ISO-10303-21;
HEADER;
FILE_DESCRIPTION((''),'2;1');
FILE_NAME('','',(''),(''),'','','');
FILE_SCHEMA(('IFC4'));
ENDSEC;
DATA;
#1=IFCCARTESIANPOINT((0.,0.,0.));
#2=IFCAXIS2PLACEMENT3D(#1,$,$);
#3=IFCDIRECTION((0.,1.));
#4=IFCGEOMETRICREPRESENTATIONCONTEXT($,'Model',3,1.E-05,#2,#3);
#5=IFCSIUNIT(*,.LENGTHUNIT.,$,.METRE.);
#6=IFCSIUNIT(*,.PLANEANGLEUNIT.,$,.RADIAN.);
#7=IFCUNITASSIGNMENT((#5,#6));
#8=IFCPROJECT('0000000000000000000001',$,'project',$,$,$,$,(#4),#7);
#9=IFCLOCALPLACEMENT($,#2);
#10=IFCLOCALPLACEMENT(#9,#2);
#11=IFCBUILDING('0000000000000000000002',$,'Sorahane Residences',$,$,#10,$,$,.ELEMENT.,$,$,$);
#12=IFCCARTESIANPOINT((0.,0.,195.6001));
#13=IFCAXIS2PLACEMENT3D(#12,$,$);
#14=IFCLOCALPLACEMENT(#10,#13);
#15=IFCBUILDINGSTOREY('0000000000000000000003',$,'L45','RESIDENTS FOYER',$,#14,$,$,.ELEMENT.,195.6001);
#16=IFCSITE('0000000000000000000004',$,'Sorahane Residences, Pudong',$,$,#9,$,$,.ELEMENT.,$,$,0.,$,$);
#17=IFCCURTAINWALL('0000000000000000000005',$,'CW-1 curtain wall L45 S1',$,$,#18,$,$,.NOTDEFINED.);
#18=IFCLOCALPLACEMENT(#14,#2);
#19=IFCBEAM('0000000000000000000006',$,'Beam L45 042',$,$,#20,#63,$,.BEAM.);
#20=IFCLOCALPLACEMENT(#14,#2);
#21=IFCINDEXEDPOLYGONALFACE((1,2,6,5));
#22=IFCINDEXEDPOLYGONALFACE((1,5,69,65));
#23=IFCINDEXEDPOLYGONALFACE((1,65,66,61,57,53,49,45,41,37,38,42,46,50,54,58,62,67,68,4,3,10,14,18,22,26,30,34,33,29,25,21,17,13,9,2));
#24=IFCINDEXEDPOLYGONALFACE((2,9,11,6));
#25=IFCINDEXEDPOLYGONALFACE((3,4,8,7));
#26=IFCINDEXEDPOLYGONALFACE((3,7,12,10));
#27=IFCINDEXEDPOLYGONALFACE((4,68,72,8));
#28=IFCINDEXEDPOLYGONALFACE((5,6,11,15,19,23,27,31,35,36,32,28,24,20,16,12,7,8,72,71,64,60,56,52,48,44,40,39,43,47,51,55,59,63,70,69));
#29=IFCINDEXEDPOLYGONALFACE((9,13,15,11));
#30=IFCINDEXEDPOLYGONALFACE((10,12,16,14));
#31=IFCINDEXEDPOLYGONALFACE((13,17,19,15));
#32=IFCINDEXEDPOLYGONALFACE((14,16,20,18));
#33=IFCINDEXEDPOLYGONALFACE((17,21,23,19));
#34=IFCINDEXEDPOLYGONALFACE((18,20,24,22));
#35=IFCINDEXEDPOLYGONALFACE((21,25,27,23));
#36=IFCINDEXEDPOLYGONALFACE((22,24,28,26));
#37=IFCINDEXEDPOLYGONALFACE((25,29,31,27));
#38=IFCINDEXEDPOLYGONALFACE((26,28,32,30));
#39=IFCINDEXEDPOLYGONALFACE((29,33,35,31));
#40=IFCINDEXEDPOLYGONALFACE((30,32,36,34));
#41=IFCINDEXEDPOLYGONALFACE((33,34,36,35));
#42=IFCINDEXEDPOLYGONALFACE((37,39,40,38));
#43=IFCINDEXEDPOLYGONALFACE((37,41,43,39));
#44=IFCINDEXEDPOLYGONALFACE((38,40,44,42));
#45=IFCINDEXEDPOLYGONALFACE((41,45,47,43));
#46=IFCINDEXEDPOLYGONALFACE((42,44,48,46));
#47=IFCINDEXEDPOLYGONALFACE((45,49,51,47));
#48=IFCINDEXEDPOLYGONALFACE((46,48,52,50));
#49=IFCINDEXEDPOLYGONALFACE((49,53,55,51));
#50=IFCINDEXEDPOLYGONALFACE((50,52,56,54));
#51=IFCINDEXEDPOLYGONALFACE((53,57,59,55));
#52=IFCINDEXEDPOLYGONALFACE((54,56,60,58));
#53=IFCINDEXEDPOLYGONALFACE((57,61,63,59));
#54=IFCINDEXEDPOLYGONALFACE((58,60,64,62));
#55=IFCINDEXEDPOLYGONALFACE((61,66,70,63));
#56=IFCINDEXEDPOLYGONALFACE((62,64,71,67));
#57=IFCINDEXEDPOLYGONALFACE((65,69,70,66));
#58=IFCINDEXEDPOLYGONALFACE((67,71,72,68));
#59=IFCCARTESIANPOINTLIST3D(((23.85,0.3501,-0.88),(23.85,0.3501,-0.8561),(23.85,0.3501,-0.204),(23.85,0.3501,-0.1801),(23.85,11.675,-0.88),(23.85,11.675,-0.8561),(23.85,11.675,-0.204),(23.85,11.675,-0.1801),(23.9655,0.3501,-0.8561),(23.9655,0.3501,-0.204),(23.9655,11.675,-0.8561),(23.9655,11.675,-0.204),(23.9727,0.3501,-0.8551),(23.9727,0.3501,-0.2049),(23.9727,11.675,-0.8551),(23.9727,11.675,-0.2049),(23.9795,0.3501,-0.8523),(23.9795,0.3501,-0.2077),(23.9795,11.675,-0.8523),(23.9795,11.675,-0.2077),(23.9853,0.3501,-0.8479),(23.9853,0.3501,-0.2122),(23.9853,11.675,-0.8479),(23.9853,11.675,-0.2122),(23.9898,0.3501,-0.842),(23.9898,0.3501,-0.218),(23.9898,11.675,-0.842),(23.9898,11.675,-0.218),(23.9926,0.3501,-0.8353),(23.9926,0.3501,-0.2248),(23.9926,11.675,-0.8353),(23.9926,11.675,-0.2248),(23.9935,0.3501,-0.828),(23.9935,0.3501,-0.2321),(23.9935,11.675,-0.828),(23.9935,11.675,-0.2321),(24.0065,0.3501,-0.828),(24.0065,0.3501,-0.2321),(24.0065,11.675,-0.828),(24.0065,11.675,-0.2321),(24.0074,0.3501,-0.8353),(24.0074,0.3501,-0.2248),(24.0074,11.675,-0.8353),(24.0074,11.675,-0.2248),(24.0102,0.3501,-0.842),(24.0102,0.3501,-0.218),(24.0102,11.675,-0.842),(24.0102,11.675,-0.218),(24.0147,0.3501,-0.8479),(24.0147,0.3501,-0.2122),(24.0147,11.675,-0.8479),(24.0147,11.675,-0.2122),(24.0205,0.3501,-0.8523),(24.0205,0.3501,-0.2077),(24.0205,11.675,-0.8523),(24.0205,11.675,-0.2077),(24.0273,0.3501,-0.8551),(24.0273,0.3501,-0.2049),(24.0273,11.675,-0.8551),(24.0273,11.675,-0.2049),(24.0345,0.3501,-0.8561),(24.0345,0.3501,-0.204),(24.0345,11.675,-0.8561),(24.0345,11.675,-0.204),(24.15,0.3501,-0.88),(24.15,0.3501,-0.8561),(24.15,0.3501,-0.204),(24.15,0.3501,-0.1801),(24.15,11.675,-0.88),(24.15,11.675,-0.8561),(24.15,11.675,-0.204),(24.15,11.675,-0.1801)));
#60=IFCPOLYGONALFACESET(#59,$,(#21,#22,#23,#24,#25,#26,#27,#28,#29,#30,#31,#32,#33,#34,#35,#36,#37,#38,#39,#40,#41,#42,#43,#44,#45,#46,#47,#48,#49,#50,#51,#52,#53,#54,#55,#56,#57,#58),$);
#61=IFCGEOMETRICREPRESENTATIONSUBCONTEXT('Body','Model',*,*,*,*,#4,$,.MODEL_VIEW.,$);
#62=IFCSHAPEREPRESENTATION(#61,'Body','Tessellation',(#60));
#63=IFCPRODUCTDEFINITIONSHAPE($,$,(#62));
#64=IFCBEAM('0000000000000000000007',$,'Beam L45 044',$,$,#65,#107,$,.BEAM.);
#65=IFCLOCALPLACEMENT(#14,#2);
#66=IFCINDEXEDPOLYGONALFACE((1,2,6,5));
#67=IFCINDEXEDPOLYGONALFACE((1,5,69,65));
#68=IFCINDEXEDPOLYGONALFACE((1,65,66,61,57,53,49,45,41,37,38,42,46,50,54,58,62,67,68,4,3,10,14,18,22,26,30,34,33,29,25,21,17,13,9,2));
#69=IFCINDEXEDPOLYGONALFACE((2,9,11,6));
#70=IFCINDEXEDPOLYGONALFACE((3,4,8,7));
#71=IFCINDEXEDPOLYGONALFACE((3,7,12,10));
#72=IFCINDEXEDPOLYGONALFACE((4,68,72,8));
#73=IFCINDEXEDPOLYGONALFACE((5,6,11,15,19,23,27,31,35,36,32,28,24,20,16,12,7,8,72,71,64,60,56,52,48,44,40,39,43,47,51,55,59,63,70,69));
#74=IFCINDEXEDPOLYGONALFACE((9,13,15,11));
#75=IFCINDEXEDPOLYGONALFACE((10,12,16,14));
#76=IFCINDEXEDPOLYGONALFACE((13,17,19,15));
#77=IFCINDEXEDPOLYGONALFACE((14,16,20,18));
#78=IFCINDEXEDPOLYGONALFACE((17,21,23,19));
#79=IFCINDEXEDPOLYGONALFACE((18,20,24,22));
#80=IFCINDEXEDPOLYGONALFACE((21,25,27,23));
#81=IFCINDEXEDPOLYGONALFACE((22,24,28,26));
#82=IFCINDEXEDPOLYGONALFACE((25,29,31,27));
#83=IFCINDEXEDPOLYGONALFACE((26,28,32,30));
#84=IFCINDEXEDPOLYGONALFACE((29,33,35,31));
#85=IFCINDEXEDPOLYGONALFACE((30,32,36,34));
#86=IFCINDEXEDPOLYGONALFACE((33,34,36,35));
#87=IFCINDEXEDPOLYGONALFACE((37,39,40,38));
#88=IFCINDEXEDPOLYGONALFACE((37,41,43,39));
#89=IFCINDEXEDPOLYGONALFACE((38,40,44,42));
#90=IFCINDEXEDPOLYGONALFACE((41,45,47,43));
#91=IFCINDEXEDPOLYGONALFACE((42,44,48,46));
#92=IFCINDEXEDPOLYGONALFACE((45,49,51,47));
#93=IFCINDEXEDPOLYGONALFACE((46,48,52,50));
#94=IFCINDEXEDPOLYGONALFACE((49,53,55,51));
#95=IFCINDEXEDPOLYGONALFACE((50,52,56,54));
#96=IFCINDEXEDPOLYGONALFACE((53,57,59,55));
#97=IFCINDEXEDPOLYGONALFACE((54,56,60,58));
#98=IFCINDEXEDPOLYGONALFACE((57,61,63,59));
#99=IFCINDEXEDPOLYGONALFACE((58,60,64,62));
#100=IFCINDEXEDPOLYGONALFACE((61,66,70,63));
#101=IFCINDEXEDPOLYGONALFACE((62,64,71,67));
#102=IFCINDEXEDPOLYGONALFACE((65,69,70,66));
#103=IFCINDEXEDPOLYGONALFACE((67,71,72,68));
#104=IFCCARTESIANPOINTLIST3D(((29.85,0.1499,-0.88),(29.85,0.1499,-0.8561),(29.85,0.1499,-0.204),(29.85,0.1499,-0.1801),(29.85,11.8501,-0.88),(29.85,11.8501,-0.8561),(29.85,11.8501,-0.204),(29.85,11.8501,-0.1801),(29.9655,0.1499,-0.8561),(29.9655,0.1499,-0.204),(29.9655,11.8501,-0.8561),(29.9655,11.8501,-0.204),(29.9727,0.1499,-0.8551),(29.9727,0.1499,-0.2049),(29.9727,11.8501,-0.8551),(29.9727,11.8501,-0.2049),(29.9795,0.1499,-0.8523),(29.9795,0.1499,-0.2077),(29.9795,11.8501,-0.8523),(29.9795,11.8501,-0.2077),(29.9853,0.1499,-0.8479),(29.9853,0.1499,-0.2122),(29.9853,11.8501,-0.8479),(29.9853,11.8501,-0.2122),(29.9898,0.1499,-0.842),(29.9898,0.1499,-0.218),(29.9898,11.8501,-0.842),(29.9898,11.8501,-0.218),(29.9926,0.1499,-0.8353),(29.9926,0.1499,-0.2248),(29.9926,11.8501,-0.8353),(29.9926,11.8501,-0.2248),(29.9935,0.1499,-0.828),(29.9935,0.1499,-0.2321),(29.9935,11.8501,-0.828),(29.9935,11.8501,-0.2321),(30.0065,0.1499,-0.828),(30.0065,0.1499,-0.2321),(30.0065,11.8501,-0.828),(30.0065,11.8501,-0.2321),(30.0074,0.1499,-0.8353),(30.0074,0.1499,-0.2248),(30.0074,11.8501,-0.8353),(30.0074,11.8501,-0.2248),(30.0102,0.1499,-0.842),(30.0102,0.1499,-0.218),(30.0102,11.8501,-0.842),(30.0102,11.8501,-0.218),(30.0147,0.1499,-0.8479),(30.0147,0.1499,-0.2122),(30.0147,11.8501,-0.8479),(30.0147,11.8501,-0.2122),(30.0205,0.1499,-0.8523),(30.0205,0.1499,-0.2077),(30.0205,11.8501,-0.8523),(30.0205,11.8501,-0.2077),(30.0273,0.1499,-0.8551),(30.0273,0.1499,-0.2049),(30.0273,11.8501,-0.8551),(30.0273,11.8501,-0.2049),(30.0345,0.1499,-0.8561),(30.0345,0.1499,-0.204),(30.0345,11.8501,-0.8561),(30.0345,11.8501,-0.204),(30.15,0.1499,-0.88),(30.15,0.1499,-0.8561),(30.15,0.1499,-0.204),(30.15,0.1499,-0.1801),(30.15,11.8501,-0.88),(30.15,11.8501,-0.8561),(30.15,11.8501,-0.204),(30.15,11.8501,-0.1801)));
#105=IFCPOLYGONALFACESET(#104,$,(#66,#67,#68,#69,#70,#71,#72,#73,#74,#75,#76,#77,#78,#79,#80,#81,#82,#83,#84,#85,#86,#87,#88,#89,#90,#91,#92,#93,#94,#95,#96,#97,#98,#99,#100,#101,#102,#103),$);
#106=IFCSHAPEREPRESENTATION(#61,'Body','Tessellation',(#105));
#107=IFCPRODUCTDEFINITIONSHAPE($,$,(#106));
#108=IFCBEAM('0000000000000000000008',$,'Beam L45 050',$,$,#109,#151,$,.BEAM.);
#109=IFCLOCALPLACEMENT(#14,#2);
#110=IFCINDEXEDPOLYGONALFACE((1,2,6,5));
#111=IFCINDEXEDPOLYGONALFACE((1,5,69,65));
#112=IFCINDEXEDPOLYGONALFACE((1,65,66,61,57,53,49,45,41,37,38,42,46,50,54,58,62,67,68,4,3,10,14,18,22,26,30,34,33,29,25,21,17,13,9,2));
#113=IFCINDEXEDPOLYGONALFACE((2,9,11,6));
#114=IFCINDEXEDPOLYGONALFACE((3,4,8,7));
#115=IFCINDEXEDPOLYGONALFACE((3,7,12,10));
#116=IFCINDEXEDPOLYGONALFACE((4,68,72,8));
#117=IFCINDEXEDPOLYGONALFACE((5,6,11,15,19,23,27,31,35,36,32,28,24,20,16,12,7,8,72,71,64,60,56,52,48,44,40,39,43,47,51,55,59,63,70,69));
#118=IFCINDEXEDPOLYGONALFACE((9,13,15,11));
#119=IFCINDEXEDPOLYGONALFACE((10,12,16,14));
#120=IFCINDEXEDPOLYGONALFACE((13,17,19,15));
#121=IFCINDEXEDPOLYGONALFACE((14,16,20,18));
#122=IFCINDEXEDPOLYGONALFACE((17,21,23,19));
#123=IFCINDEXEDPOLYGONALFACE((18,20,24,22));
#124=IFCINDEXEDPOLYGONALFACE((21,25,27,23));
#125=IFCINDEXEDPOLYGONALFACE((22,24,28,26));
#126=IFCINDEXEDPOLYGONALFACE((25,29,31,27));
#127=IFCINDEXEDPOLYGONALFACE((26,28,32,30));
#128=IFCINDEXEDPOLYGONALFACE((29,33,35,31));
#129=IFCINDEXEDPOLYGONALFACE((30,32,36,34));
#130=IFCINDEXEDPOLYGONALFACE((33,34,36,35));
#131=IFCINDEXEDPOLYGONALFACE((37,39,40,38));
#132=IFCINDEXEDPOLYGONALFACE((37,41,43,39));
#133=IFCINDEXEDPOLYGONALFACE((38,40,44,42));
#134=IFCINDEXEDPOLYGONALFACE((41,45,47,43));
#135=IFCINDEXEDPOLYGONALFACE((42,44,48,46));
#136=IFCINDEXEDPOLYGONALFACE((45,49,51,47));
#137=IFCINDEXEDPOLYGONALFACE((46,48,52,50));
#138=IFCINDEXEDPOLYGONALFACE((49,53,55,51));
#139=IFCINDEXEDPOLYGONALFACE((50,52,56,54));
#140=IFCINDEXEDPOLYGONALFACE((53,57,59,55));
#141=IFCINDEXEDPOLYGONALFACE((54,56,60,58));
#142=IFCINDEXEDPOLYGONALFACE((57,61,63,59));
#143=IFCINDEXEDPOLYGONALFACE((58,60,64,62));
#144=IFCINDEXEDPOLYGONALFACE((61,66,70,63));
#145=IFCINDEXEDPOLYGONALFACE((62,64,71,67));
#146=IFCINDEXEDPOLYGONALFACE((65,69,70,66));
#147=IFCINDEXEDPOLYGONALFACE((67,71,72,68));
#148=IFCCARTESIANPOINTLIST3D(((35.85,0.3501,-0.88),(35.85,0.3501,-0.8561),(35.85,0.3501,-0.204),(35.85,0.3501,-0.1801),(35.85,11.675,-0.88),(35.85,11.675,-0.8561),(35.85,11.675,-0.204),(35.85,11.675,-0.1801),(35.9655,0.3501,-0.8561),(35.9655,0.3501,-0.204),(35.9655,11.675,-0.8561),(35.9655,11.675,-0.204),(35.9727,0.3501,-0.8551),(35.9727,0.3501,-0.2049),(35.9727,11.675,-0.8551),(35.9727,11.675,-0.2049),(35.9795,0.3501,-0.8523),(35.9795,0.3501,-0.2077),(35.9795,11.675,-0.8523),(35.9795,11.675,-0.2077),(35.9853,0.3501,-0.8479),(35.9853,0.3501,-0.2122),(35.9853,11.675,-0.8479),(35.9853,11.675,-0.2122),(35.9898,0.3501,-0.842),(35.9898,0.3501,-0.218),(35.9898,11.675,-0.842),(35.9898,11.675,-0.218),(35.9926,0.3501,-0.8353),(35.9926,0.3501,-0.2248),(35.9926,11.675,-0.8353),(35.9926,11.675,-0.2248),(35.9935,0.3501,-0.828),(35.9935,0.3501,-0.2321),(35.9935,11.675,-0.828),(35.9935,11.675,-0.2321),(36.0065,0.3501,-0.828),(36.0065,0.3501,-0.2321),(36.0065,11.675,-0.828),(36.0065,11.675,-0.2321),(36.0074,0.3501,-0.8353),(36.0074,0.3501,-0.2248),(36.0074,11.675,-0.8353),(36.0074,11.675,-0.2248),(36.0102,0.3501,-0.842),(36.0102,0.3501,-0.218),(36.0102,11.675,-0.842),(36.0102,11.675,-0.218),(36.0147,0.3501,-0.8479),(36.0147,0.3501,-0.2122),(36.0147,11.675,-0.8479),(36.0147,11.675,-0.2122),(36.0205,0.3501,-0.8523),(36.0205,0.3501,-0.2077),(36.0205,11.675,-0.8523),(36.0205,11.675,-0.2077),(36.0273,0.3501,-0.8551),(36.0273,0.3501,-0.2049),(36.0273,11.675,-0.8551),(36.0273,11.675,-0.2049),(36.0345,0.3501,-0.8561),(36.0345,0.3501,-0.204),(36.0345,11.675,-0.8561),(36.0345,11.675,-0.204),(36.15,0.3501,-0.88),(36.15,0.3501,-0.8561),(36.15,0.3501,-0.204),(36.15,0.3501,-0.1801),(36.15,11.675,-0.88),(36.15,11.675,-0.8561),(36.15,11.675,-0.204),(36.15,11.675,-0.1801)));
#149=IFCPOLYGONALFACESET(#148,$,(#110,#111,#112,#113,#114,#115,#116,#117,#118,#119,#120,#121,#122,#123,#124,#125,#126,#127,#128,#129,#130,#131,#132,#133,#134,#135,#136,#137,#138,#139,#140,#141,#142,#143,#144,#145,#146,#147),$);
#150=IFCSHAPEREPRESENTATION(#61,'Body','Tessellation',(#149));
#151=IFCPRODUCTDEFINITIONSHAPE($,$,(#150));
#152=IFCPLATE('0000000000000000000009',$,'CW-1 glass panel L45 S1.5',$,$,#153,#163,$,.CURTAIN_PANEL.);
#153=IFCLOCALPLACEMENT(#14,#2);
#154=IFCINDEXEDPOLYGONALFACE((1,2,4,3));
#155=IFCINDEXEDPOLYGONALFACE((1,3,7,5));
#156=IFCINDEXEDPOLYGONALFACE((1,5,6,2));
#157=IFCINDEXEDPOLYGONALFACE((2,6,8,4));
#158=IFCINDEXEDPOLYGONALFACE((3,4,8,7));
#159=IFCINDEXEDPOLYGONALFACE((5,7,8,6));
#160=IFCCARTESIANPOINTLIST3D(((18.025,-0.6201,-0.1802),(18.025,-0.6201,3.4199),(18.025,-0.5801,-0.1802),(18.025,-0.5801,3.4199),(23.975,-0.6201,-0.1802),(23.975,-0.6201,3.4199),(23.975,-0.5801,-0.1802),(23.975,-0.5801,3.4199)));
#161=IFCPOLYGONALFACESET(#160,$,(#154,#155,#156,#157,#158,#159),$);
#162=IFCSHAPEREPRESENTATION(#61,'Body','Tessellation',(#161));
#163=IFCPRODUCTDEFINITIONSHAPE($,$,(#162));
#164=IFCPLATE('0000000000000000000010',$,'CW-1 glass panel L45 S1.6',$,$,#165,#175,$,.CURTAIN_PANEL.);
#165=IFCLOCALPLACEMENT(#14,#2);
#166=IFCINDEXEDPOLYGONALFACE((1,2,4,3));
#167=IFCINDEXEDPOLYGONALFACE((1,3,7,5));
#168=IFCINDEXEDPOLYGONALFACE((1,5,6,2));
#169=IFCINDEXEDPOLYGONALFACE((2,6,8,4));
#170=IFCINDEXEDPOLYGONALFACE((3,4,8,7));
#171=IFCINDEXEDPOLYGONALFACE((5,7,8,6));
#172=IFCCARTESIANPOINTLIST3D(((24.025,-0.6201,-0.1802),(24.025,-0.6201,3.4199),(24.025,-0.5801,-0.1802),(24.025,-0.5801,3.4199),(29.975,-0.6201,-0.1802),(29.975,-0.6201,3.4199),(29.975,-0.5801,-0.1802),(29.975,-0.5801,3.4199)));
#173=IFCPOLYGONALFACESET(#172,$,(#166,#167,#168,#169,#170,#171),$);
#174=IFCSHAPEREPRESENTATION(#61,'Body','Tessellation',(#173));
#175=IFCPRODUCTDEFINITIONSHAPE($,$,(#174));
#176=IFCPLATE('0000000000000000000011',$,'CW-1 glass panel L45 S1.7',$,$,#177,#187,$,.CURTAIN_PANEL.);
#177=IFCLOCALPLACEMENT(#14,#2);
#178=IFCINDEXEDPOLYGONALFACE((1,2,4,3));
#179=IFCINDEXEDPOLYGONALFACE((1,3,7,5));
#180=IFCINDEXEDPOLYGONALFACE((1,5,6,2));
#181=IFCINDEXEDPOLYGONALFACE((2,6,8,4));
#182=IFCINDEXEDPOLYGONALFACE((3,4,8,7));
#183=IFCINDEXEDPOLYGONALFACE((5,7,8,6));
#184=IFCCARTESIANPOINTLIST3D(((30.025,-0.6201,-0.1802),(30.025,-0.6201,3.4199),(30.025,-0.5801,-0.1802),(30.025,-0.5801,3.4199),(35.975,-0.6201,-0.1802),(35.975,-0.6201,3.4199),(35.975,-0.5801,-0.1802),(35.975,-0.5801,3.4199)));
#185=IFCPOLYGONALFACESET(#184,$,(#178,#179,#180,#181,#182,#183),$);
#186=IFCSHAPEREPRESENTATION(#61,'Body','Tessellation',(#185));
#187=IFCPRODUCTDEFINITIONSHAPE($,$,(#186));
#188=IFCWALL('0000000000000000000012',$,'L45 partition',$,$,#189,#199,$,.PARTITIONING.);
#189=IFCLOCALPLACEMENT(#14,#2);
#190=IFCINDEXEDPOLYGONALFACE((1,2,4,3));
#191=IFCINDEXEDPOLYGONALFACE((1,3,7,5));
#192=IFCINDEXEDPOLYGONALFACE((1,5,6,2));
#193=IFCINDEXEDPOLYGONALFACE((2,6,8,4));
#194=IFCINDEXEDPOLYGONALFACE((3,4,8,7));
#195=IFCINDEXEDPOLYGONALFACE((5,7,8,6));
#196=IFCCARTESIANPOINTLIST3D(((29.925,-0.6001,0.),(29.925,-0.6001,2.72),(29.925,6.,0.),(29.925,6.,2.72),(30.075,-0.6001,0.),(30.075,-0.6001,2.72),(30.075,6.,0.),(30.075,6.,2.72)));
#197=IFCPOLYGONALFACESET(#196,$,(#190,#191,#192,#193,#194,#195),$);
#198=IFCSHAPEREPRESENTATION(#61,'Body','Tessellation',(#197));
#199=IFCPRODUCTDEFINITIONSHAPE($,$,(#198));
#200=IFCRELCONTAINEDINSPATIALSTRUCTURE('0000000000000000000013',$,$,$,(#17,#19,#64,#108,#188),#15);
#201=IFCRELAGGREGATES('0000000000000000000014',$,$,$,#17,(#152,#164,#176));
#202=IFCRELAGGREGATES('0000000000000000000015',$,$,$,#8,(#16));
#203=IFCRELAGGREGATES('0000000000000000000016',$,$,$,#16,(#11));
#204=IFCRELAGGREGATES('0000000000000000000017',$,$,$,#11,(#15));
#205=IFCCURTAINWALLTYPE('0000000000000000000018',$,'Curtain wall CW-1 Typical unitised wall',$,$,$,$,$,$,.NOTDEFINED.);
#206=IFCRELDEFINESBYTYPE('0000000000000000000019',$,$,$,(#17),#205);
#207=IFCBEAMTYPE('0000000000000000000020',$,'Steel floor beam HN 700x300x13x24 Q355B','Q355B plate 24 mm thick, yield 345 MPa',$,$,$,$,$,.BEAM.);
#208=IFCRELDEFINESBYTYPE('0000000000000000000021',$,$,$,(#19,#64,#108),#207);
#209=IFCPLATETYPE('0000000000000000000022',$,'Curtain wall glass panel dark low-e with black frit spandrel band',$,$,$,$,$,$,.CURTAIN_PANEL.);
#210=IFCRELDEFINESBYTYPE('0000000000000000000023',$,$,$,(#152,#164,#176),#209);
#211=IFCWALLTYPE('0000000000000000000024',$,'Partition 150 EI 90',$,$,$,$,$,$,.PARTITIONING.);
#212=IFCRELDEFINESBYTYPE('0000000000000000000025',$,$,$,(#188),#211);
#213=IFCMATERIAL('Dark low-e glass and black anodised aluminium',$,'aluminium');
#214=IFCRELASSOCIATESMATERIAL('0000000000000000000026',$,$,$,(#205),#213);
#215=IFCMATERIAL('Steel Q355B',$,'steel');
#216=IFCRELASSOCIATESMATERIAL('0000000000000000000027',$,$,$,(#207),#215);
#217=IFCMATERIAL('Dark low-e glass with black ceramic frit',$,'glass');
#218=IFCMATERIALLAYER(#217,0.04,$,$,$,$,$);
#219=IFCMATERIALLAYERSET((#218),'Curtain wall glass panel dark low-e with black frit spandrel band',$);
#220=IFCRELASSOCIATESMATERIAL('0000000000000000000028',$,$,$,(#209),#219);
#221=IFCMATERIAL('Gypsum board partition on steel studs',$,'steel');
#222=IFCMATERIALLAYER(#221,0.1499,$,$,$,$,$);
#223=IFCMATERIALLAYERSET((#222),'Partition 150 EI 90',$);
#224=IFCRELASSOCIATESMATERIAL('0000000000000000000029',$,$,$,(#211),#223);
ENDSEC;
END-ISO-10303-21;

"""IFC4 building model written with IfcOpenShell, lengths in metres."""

from ifc_helpers import new_model, si_unit, direction, frame, frame_2d, origin, origin_2d, place, context, subcontext, project, spatial, rectangle, i_section, extrude, material, layer, layer_set, material_profile, profile_set, type_object, element, aggregate, save


model = new_model("IFC4")

# Units and contexts
model_context = context("Model", 3, precision=1e-05, world=origin(), true_north=direction((0.0, 1.0)))
body_context = subcontext(model_context, "Body", "Model", "MODEL_VIEW")
ifc_project = project(units=[si_unit("LENGTHUNIT", "METRE"), si_unit("PLANEANGLEUNIT", "RADIAN")], contexts=[model_context])

# Site, building, storey
site_placement = place(None, origin())
site = spatial("IfcSite", under=ifc_project, at=site_placement, Name="Sorahane Residences, Pudong", CompositionType="ELEMENT", RefElevation=0.0)
building_placement = place(site_placement, origin())
building = spatial("IfcBuilding", under=site, at=building_placement, Name="Sorahane Residences", CompositionType="ELEMENT")
storey_placement = place(building_placement, frame((0.0, 0.0, 195.6001)))
storey = spatial("IfcBuildingStorey", under=building, at=storey_placement, Name="L45", Description="RESIDENTS FOYER", CompositionType="ELEMENT", Elevation=195.6001)

# Curtain wall
ifc_material_1 = material(Name="Dark low-e glass and black anodised aluminium", Category="aluminium")
curtain_wall_type = type_object("IfcCurtainWallType", Name="Curtain wall CW-1 Typical unitised wall", PredefinedType="NOTDEFINED", material=ifc_material_1)
curtain_wall_placement = place(storey_placement, origin())
curtain_wall = element("IfcCurtainWall", 1, at=curtain_wall_placement, inside=storey, type_object=curtain_wall_type, Name="CW-1 curtain wall L45 S1", PredefinedType="NOTDEFINED")

# Beams
ifc_material_2 = material(Name="Steel Q355B", Category="steel")
ifc_material_profile_1 = material_profile(ifc_material_2, i_section(OverallWidth=0.3, OverallDepth=0.7, WebThickness=0.0129, FlangeThickness=0.0239, FilletRadius=0.0281, at=origin_2d()), Name="HN 700x300x13x24")
ifc_profile_set_1 = profile_set([ifc_material_profile_1], Name="Steel Q355B")
beam_type_1 = type_object("IfcBeamType", Name="Steel floor beam HN 700x300x13x24 Q355B", Description="Q355B plate 24 mm thick, yield 345 MPa", PredefinedType="BEAM", material=ifc_profile_set_1)
beam_1_placement = place(storey_placement, frame((24.0, 0.3501, -0.53), z_axis=(0.0, 1.0, 0.0), x_axis=(-1.0, 0.0, 0.0)))
element("IfcBeam", 2, at=beam_1_placement, inside=storey, type_object=beam_type_1, Name="Beam L45 042", PredefinedType="BEAM", context=body_context, shape_type="SweptSolid", body=[
    extrude(i_section(OverallWidth=0.3, OverallDepth=0.7, WebThickness=0.0129, FlangeThickness=0.0239, FilletRadius=0.0281, at=origin_2d()), origin(), (0.0, 0.0, 1.0), 11.325),
])
beam_2_placement = place(storey_placement, frame((30.0, 0.1499, -0.53), z_axis=(0.0, 1.0, 0.0), x_axis=(-1.0, 0.0, 0.0)))
element("IfcBeam", 3, at=beam_2_placement, inside=storey, type_object=beam_type_1, Name="Beam L45 044", PredefinedType="BEAM", context=body_context, shape_type="SweptSolid", body=[
    extrude(i_section(OverallWidth=0.3, OverallDepth=0.7, WebThickness=0.0129, FlangeThickness=0.0239, FilletRadius=0.0281, at=origin_2d()), origin(), (0.0, 0.0, 1.0), 11.7002),
])
beam_3_placement = place(storey_placement, frame((36.0, 0.3501, -0.53), z_axis=(0.0, 1.0, 0.0), x_axis=(-1.0, 0.0, 0.0)))
element("IfcBeam", 4, at=beam_3_placement, inside=storey, type_object=beam_type_1, Name="Beam L45 050", PredefinedType="BEAM", context=body_context, shape_type="SweptSolid", body=[
    extrude(i_section(OverallWidth=0.3, OverallDepth=0.7, WebThickness=0.0129, FlangeThickness=0.0239, FilletRadius=0.0281, at=origin_2d()), origin(), (0.0, 0.0, 1.0), 11.325),
])

# Plates
ifc_material_3 = material(Name="Dark low-e glass with black ceramic frit", Category="glass")
ifc_layer_1 = layer(ifc_material_3, 0.04)
ifc_layer_set_1 = layer_set([ifc_layer_1], Name="Curtain wall glass panel dark low-e with black frit spandrel band")
plate_type = type_object("IfcPlateType", Name="Curtain wall glass panel dark low-e with black frit spandrel band", PredefinedType="CURTAIN_PANEL", material=ifc_layer_set_1)
plate_1_placement = place(storey_placement, frame((21.0, -0.6001, -0.1802), z_axis=(0.0, 0.0, 1.0), x_axis=(1.0, 0.0, 0.0)))
plate_1 = element("IfcPlate", 5, at=plate_1_placement, type_object=plate_type, Name="CW-1 glass panel L45 S1.5", PredefinedType="CURTAIN_PANEL", context=body_context, shape_type="SweptSolid", body=[
    extrude(rectangle(XDim=5.95, YDim=0.04, at=origin_2d()), origin(), (0.0, 0.0, 1.0), 3.6001),
])
plate_2_placement = place(storey_placement, frame((27.0, -0.6001, -0.1802), z_axis=(0.0, 0.0, 1.0), x_axis=(1.0, 0.0, 0.0)))
plate_2 = element("IfcPlate", 6, at=plate_2_placement, type_object=plate_type, Name="CW-1 glass panel L45 S1.6", PredefinedType="CURTAIN_PANEL", context=body_context, shape_type="SweptSolid", body=[
    extrude(rectangle(XDim=5.95, YDim=0.04, at=origin_2d()), origin(), (0.0, 0.0, 1.0), 3.6001),
])
plate_3_placement = place(storey_placement, frame((33.0, -0.6001, -0.1802), z_axis=(0.0, 0.0, 1.0), x_axis=(1.0, 0.0, 0.0)))
plate_3 = element("IfcPlate", 7, at=plate_3_placement, type_object=plate_type, Name="CW-1 glass panel L45 S1.7", PredefinedType="CURTAIN_PANEL", context=body_context, shape_type="SweptSolid", body=[
    extrude(rectangle(XDim=5.95, YDim=0.04, at=origin_2d()), origin(), (0.0, 0.0, 1.0), 3.6001),
])
aggregate(curtain_wall, [plate_1, plate_2, plate_3])

# Wall
ifc_material_4 = material(Name="Gypsum board partition on steel studs", Category="steel")
ifc_layer_2 = layer(ifc_material_4, 0.1499)
ifc_layer_set_2 = layer_set([ifc_layer_2], Name="Partition 150 EI 90")
wall_type_1 = type_object("IfcWallType", Name="Partition 150 EI 90", PredefinedType="PARTITIONING", material=ifc_layer_set_2)
wall_1_placement = place(storey_placement, frame((30.0, -0.6001, 0.0), z_axis=(0.0, 0.0, 1.0), x_axis=(0.0, 1.0, 0.0)))
element("IfcWall", 8, at=wall_1_placement, inside=storey, type_object=wall_type_1, Name="L45 partition", PredefinedType="PARTITIONING", context=body_context, shape_type="SweptSolid", body=[
    extrude(rectangle(XDim=6.6001, YDim=0.1499, at=frame_2d((3.3, 0.0))), origin(), (0.0, 0.0, 1.0), 2.72),
])

save(model, "model.ifc")
